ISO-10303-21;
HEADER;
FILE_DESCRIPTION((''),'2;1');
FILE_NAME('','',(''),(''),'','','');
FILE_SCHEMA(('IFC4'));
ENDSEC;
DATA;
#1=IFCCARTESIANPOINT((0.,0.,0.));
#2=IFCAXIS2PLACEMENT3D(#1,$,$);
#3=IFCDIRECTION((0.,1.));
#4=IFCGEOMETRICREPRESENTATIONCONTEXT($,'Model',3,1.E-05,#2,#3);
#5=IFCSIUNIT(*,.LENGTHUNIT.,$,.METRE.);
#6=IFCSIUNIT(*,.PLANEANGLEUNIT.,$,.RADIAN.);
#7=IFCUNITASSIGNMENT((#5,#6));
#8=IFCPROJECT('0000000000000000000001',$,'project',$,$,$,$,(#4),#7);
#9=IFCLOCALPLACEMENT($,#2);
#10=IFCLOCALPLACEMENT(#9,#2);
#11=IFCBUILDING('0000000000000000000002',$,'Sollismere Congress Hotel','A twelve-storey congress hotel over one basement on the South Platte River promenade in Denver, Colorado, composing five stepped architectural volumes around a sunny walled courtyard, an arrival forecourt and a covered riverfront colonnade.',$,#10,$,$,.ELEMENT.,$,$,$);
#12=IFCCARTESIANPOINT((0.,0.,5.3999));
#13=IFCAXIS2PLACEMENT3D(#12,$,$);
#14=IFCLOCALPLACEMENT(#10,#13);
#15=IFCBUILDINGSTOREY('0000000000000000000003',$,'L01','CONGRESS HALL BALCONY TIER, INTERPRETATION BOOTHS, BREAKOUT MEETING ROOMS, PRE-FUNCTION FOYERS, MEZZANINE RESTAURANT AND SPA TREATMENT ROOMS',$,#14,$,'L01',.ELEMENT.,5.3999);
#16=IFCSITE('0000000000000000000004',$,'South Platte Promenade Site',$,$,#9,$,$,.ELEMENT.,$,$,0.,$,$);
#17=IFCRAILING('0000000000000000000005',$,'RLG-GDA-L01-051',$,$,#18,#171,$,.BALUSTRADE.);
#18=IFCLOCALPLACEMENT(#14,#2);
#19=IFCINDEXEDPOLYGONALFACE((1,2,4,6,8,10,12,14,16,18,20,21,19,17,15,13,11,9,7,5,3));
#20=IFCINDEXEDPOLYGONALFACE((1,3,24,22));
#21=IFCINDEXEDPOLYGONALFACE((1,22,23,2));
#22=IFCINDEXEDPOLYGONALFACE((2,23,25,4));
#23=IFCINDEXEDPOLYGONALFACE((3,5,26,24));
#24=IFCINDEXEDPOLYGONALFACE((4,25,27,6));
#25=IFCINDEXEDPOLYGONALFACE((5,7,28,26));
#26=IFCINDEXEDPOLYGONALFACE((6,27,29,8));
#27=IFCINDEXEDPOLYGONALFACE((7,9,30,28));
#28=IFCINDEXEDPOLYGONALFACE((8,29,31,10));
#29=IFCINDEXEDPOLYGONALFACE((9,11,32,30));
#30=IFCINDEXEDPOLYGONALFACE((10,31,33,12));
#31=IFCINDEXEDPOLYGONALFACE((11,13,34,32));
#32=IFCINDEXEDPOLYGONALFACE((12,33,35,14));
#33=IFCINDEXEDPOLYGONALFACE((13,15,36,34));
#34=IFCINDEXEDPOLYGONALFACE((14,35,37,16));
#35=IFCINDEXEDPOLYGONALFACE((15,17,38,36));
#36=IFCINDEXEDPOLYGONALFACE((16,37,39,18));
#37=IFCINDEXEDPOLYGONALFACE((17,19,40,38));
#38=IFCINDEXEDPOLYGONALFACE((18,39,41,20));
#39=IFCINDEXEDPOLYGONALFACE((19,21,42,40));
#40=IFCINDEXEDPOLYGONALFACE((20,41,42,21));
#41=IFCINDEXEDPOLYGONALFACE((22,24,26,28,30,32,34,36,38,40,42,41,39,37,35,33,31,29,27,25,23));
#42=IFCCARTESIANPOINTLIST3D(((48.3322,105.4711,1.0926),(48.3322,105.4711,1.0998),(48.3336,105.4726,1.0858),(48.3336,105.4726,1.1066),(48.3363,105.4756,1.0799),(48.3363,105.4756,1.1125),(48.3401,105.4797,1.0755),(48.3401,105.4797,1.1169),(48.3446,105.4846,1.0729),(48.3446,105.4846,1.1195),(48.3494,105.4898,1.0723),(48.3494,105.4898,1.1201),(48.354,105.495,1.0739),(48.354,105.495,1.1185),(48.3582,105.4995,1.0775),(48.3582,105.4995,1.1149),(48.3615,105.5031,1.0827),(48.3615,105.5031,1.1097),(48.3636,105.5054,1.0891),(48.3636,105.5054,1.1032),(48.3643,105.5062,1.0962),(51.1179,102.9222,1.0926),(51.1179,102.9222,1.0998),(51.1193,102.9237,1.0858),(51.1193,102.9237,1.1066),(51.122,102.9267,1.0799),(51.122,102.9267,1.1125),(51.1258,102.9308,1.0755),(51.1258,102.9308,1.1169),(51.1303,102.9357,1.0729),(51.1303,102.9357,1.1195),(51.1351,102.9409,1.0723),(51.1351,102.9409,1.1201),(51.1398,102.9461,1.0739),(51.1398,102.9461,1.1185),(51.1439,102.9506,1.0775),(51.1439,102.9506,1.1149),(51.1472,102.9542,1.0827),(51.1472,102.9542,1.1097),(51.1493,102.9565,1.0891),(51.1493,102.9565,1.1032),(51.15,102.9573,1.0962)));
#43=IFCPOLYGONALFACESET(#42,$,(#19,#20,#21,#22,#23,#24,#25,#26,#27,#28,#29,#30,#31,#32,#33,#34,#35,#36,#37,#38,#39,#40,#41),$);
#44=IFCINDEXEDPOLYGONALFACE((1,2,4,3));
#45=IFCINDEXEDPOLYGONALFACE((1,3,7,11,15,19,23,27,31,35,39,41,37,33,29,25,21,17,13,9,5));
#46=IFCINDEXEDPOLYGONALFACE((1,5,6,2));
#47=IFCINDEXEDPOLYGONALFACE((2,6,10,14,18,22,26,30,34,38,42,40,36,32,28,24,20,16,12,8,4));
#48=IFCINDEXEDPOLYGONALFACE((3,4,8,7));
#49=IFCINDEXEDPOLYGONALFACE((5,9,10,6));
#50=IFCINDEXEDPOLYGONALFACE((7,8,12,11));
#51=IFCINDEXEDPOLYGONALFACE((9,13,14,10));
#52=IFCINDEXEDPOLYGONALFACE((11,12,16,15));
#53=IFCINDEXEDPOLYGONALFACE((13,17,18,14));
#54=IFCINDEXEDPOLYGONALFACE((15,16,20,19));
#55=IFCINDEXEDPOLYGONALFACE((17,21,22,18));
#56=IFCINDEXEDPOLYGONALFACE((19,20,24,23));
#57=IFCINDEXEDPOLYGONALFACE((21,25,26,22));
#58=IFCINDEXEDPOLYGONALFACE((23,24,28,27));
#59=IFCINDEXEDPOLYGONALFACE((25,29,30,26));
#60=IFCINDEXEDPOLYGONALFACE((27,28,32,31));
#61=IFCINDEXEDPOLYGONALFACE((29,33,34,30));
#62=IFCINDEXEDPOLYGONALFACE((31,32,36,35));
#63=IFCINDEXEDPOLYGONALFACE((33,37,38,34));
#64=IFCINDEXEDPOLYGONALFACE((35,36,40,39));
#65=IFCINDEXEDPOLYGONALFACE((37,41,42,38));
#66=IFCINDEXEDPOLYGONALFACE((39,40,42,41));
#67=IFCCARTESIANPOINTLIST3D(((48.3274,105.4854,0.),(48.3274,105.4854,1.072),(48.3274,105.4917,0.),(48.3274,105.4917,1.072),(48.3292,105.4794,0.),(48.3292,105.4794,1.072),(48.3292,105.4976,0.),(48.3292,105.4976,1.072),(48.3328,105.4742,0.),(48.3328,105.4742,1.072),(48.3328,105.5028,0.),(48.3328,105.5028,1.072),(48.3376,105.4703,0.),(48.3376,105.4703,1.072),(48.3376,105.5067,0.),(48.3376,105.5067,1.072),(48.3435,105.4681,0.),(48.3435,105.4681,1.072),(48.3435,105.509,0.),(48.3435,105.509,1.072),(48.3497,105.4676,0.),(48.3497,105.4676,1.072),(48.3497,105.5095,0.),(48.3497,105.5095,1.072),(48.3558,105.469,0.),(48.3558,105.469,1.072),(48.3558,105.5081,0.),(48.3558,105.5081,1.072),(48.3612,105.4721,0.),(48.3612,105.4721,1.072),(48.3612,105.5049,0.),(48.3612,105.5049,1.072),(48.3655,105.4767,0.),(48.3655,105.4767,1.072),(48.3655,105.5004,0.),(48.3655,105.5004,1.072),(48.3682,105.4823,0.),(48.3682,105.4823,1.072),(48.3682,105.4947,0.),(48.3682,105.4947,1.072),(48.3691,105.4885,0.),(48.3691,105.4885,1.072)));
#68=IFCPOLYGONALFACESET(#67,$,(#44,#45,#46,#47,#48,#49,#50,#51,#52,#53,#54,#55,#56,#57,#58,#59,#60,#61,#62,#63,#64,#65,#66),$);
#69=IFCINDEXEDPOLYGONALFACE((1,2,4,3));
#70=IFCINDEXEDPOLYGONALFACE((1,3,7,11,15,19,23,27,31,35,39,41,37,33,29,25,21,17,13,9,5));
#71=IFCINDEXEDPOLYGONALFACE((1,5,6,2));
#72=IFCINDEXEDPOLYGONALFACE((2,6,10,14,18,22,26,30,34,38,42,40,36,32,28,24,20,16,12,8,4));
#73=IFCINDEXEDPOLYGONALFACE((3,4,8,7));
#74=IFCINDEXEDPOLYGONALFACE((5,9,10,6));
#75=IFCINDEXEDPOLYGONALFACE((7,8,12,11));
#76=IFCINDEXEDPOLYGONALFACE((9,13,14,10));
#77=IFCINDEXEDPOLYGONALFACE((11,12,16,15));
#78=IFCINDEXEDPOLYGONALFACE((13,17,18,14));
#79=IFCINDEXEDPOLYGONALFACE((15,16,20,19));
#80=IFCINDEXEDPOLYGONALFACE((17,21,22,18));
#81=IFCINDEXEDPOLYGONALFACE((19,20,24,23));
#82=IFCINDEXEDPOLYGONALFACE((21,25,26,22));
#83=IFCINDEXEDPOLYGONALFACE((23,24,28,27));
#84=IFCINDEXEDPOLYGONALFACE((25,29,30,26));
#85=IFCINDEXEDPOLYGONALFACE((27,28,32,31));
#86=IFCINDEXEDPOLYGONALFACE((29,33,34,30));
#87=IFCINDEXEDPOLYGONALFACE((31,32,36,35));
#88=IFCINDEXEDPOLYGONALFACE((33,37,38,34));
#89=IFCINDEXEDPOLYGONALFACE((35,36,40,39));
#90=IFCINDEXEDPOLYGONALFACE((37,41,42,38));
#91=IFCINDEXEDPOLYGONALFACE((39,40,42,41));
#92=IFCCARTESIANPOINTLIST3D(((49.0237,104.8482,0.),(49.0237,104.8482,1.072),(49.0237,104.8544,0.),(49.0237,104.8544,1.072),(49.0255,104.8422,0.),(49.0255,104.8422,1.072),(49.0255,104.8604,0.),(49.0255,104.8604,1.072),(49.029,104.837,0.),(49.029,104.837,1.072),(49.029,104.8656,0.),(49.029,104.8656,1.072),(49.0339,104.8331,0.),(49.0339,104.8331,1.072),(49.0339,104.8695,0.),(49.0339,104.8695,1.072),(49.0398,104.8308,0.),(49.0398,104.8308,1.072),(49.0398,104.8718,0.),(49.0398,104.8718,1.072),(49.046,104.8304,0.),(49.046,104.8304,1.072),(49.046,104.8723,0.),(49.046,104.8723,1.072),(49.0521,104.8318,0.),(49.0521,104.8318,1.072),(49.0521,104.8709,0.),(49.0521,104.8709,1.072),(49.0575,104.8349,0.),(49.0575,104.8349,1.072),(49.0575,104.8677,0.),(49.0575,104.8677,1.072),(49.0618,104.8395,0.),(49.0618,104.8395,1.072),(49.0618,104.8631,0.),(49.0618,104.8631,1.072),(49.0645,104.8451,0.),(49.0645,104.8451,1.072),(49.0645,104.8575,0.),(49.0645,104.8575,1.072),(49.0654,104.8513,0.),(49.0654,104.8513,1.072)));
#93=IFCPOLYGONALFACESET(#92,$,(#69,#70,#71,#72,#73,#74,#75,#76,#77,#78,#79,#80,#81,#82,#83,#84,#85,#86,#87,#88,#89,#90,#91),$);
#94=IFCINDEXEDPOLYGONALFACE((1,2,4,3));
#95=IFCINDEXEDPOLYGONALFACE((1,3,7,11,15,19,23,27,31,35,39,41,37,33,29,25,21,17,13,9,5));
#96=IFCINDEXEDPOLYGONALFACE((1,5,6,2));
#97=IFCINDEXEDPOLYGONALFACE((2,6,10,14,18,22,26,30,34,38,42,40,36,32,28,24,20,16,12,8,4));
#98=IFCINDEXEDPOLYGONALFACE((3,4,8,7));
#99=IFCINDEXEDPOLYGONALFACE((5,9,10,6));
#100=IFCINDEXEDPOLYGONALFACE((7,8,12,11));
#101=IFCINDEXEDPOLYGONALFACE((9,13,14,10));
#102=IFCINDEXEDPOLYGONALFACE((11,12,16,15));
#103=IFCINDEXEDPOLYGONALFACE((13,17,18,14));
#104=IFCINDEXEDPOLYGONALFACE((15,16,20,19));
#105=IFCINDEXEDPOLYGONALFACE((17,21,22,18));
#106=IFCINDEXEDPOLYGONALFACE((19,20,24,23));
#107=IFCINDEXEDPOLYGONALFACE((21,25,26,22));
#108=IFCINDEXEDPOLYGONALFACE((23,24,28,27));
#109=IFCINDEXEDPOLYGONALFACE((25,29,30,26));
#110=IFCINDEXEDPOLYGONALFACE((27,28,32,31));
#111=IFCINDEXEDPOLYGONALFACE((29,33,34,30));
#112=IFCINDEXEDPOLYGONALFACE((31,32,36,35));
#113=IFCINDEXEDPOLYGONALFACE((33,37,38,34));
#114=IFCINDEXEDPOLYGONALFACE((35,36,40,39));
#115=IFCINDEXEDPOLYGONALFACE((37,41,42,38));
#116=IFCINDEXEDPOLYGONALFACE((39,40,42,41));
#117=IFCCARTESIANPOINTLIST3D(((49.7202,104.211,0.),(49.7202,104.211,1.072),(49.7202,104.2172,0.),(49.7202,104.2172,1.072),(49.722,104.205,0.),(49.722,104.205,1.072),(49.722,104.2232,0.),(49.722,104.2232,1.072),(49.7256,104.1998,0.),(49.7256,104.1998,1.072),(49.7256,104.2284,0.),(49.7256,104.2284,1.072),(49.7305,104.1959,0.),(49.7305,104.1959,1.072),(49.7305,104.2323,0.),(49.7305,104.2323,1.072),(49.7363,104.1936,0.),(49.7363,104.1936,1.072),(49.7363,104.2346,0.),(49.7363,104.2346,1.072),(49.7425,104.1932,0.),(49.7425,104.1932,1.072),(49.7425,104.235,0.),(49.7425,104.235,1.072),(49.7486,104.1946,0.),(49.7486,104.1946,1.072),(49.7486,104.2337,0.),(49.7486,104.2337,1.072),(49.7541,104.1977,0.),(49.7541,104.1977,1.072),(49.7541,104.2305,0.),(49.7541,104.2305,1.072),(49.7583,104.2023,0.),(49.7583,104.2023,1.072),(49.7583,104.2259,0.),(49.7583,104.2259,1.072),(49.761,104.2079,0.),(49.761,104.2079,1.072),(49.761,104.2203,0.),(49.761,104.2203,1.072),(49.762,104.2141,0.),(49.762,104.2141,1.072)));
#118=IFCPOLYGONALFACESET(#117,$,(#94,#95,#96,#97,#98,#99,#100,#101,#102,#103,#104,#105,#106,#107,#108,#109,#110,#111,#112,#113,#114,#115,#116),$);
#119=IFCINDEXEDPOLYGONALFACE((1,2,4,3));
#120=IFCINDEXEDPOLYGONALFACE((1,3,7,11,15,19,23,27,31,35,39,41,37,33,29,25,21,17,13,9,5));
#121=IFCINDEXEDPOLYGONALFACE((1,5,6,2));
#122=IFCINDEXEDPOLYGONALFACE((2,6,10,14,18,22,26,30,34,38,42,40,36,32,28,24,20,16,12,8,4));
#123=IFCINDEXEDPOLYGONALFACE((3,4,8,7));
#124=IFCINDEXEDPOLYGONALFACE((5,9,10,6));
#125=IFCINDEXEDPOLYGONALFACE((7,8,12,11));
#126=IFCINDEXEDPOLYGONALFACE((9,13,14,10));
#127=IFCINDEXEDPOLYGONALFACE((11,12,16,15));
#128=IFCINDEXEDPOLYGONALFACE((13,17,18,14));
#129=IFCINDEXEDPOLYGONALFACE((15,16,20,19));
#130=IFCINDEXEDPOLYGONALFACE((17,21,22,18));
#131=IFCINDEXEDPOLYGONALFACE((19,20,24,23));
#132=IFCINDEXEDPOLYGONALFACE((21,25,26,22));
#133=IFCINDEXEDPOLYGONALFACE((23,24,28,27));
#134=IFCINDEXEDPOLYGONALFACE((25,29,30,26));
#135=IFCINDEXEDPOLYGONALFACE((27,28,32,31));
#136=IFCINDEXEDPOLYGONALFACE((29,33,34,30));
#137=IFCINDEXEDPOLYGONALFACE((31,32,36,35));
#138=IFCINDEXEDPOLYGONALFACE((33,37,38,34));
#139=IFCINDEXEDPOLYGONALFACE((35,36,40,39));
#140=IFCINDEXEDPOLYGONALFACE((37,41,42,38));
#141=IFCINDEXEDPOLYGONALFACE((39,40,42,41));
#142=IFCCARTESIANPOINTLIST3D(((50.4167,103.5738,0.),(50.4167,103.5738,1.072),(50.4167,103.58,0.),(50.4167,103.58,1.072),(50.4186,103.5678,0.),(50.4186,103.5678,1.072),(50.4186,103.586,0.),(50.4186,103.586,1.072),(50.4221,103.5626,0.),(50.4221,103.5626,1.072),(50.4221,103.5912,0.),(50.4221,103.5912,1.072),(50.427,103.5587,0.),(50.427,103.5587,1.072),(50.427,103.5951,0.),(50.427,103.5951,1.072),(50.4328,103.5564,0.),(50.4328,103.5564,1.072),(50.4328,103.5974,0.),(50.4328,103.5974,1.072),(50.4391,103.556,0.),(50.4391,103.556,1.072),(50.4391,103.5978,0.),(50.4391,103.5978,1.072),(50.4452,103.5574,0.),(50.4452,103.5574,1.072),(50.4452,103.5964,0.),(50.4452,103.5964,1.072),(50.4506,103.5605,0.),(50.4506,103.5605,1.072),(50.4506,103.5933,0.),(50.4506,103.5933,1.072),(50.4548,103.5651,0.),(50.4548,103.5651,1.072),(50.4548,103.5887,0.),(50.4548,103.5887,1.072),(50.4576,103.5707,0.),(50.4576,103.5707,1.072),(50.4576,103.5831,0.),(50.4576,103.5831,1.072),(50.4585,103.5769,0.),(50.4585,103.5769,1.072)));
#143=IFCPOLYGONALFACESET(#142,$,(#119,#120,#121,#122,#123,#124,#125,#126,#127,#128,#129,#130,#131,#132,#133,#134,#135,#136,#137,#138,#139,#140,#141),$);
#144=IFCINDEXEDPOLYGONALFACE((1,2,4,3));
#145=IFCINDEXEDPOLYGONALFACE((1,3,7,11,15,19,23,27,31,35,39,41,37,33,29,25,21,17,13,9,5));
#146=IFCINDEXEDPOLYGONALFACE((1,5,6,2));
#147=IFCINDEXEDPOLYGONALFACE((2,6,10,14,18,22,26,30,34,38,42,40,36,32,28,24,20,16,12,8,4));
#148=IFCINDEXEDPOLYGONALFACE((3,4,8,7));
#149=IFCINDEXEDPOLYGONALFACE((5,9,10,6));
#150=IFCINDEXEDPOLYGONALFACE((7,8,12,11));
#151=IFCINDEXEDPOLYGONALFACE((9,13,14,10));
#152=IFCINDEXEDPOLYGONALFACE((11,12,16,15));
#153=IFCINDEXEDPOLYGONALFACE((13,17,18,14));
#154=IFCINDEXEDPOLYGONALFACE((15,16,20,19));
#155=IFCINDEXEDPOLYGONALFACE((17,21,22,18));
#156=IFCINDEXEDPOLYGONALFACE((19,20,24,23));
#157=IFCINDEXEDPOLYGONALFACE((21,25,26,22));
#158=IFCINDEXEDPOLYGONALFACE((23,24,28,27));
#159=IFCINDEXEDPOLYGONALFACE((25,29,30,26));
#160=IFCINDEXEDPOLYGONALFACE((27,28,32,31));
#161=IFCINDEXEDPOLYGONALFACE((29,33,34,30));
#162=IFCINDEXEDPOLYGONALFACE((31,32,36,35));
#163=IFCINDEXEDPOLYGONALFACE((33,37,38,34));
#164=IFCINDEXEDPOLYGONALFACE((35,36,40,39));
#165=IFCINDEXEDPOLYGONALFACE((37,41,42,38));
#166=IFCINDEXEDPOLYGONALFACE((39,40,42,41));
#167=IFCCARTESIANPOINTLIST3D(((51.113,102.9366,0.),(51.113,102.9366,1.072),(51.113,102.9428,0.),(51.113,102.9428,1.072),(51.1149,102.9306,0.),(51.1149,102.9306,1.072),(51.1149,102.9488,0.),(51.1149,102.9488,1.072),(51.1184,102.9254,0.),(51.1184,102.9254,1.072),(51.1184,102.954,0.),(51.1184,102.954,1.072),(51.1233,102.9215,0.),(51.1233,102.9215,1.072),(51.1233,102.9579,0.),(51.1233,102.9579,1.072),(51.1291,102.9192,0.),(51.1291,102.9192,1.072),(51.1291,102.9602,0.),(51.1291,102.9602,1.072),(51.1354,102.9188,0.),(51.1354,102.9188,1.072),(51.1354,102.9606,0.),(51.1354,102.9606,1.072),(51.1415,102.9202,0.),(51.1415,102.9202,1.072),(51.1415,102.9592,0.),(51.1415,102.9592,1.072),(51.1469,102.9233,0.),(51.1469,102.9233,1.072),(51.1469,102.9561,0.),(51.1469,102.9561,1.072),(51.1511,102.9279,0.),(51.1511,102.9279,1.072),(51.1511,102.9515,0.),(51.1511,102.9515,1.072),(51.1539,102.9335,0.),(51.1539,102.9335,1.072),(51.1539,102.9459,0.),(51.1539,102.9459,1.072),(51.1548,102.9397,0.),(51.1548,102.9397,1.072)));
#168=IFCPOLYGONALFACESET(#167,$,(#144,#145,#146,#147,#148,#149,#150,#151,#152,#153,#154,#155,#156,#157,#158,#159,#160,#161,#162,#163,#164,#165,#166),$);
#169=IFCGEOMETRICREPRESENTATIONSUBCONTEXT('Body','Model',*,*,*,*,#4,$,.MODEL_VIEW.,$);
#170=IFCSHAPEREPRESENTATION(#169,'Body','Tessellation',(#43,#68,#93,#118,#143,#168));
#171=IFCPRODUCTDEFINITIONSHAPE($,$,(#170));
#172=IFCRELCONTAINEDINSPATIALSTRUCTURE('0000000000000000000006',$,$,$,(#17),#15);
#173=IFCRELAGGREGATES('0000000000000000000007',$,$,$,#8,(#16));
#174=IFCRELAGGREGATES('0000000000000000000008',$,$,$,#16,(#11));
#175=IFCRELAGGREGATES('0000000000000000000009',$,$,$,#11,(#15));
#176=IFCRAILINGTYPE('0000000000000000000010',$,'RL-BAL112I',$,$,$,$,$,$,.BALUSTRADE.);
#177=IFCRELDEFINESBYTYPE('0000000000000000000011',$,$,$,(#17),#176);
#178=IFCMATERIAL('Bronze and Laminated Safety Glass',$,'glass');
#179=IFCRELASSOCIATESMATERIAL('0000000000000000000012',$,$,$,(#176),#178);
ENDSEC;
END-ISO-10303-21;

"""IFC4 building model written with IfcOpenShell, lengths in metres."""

from ifc_helpers import new_model, si_unit, direction, frame, origin, origin_2d, place, context, subcontext, project, spatial, circle, extrude, material, type_object, element, save


model = new_model("IFC4")

# Units and contexts
model_context = context("Model", 3, precision=1e-05, world=origin(), true_north=direction((0.0, 1.0)))
body_context = subcontext(model_context, "Body", "Model", "MODEL_VIEW")
ifc_project = project(units=[si_unit("LENGTHUNIT", "METRE"), si_unit("PLANEANGLEUNIT", "RADIAN")], contexts=[model_context])

# Site, building, storey
site_placement = place(None, origin())
site = spatial("IfcSite", under=ifc_project, at=site_placement, Name="South Platte Promenade Site", CompositionType="ELEMENT", RefElevation=0.0)
building_placement = place(site_placement, origin())
building = spatial("IfcBuilding", under=site, at=building_placement, Name="Sollismere Congress Hotel", Description="A twelve-storey congress hotel over one basement on the South Platte River promenade in Denver, Colorado, composing five stepped architectural volumes around a sunny walled courtyard, an arrival forecourt and a covered riverfront colonnade.", CompositionType="ELEMENT")
storey_placement = place(building_placement, frame((0.0, 0.0, 5.3999)))
storey = spatial("IfcBuildingStorey", under=building, at=storey_placement, Name="L01", Description="CONGRESS HALL BALCONY TIER, INTERPRETATION BOOTHS, BREAKOUT MEETING ROOMS, PRE-FUNCTION FOYERS, MEZZANINE RESTAURANT AND SPA TREATMENT ROOMS", LongName="L01", CompositionType="ELEMENT", Elevation=5.3999)

# Railing
ifc_material_1 = material(Name="Bronze and Laminated Safety Glass", Category="glass")
railing_type = type_object("IfcRailingType", Name="RL-BAL112I", PredefinedType="BALUSTRADE", material=ifc_material_1)
railing_1_placement = place(storey_placement, frame((48.3481, 105.4885, 0.0)))
element("IfcRailing", 1, at=railing_1_placement, inside=storey, type_object=railing_type, Name="RLG-GDA-L01-051", PredefinedType="BALUSTRADE", context=body_context, shape_type="SweptSolid", body=[
    extrude(circle(Radius=0.0239, at=origin_2d()), frame((0.0, 0.0, 1.0962), z_axis=(0.737771, -0.675051, 0.0), x_axis=(0.675051, 0.737771, 0.0)), (0.0, 0.0, 1.0), 3.7759),
    extrude(circle(Radius=0.021, at=origin_2d()), origin(), (0.0, 0.0, 1.0), 1.072),
    extrude(circle(Radius=0.021, at=origin_2d()), frame((0.6963, -0.6372, 0.0)), (0.0, 0.0, 1.0), 1.072),
    extrude(circle(Radius=0.021, at=origin_2d()), frame((1.3928, -1.2744, 0.0)), (0.0, 0.0, 1.0), 1.072),
    extrude(circle(Radius=0.021, at=origin_2d()), frame((2.0894, -1.9116, 0.0)), (0.0, 0.0, 1.0), 1.072),
    extrude(circle(Radius=0.021, at=origin_2d()), frame((2.7856, -2.5488, 0.0)), (0.0, 0.0, 1.0), 1.072),
])

save(model, "model.ifc")
